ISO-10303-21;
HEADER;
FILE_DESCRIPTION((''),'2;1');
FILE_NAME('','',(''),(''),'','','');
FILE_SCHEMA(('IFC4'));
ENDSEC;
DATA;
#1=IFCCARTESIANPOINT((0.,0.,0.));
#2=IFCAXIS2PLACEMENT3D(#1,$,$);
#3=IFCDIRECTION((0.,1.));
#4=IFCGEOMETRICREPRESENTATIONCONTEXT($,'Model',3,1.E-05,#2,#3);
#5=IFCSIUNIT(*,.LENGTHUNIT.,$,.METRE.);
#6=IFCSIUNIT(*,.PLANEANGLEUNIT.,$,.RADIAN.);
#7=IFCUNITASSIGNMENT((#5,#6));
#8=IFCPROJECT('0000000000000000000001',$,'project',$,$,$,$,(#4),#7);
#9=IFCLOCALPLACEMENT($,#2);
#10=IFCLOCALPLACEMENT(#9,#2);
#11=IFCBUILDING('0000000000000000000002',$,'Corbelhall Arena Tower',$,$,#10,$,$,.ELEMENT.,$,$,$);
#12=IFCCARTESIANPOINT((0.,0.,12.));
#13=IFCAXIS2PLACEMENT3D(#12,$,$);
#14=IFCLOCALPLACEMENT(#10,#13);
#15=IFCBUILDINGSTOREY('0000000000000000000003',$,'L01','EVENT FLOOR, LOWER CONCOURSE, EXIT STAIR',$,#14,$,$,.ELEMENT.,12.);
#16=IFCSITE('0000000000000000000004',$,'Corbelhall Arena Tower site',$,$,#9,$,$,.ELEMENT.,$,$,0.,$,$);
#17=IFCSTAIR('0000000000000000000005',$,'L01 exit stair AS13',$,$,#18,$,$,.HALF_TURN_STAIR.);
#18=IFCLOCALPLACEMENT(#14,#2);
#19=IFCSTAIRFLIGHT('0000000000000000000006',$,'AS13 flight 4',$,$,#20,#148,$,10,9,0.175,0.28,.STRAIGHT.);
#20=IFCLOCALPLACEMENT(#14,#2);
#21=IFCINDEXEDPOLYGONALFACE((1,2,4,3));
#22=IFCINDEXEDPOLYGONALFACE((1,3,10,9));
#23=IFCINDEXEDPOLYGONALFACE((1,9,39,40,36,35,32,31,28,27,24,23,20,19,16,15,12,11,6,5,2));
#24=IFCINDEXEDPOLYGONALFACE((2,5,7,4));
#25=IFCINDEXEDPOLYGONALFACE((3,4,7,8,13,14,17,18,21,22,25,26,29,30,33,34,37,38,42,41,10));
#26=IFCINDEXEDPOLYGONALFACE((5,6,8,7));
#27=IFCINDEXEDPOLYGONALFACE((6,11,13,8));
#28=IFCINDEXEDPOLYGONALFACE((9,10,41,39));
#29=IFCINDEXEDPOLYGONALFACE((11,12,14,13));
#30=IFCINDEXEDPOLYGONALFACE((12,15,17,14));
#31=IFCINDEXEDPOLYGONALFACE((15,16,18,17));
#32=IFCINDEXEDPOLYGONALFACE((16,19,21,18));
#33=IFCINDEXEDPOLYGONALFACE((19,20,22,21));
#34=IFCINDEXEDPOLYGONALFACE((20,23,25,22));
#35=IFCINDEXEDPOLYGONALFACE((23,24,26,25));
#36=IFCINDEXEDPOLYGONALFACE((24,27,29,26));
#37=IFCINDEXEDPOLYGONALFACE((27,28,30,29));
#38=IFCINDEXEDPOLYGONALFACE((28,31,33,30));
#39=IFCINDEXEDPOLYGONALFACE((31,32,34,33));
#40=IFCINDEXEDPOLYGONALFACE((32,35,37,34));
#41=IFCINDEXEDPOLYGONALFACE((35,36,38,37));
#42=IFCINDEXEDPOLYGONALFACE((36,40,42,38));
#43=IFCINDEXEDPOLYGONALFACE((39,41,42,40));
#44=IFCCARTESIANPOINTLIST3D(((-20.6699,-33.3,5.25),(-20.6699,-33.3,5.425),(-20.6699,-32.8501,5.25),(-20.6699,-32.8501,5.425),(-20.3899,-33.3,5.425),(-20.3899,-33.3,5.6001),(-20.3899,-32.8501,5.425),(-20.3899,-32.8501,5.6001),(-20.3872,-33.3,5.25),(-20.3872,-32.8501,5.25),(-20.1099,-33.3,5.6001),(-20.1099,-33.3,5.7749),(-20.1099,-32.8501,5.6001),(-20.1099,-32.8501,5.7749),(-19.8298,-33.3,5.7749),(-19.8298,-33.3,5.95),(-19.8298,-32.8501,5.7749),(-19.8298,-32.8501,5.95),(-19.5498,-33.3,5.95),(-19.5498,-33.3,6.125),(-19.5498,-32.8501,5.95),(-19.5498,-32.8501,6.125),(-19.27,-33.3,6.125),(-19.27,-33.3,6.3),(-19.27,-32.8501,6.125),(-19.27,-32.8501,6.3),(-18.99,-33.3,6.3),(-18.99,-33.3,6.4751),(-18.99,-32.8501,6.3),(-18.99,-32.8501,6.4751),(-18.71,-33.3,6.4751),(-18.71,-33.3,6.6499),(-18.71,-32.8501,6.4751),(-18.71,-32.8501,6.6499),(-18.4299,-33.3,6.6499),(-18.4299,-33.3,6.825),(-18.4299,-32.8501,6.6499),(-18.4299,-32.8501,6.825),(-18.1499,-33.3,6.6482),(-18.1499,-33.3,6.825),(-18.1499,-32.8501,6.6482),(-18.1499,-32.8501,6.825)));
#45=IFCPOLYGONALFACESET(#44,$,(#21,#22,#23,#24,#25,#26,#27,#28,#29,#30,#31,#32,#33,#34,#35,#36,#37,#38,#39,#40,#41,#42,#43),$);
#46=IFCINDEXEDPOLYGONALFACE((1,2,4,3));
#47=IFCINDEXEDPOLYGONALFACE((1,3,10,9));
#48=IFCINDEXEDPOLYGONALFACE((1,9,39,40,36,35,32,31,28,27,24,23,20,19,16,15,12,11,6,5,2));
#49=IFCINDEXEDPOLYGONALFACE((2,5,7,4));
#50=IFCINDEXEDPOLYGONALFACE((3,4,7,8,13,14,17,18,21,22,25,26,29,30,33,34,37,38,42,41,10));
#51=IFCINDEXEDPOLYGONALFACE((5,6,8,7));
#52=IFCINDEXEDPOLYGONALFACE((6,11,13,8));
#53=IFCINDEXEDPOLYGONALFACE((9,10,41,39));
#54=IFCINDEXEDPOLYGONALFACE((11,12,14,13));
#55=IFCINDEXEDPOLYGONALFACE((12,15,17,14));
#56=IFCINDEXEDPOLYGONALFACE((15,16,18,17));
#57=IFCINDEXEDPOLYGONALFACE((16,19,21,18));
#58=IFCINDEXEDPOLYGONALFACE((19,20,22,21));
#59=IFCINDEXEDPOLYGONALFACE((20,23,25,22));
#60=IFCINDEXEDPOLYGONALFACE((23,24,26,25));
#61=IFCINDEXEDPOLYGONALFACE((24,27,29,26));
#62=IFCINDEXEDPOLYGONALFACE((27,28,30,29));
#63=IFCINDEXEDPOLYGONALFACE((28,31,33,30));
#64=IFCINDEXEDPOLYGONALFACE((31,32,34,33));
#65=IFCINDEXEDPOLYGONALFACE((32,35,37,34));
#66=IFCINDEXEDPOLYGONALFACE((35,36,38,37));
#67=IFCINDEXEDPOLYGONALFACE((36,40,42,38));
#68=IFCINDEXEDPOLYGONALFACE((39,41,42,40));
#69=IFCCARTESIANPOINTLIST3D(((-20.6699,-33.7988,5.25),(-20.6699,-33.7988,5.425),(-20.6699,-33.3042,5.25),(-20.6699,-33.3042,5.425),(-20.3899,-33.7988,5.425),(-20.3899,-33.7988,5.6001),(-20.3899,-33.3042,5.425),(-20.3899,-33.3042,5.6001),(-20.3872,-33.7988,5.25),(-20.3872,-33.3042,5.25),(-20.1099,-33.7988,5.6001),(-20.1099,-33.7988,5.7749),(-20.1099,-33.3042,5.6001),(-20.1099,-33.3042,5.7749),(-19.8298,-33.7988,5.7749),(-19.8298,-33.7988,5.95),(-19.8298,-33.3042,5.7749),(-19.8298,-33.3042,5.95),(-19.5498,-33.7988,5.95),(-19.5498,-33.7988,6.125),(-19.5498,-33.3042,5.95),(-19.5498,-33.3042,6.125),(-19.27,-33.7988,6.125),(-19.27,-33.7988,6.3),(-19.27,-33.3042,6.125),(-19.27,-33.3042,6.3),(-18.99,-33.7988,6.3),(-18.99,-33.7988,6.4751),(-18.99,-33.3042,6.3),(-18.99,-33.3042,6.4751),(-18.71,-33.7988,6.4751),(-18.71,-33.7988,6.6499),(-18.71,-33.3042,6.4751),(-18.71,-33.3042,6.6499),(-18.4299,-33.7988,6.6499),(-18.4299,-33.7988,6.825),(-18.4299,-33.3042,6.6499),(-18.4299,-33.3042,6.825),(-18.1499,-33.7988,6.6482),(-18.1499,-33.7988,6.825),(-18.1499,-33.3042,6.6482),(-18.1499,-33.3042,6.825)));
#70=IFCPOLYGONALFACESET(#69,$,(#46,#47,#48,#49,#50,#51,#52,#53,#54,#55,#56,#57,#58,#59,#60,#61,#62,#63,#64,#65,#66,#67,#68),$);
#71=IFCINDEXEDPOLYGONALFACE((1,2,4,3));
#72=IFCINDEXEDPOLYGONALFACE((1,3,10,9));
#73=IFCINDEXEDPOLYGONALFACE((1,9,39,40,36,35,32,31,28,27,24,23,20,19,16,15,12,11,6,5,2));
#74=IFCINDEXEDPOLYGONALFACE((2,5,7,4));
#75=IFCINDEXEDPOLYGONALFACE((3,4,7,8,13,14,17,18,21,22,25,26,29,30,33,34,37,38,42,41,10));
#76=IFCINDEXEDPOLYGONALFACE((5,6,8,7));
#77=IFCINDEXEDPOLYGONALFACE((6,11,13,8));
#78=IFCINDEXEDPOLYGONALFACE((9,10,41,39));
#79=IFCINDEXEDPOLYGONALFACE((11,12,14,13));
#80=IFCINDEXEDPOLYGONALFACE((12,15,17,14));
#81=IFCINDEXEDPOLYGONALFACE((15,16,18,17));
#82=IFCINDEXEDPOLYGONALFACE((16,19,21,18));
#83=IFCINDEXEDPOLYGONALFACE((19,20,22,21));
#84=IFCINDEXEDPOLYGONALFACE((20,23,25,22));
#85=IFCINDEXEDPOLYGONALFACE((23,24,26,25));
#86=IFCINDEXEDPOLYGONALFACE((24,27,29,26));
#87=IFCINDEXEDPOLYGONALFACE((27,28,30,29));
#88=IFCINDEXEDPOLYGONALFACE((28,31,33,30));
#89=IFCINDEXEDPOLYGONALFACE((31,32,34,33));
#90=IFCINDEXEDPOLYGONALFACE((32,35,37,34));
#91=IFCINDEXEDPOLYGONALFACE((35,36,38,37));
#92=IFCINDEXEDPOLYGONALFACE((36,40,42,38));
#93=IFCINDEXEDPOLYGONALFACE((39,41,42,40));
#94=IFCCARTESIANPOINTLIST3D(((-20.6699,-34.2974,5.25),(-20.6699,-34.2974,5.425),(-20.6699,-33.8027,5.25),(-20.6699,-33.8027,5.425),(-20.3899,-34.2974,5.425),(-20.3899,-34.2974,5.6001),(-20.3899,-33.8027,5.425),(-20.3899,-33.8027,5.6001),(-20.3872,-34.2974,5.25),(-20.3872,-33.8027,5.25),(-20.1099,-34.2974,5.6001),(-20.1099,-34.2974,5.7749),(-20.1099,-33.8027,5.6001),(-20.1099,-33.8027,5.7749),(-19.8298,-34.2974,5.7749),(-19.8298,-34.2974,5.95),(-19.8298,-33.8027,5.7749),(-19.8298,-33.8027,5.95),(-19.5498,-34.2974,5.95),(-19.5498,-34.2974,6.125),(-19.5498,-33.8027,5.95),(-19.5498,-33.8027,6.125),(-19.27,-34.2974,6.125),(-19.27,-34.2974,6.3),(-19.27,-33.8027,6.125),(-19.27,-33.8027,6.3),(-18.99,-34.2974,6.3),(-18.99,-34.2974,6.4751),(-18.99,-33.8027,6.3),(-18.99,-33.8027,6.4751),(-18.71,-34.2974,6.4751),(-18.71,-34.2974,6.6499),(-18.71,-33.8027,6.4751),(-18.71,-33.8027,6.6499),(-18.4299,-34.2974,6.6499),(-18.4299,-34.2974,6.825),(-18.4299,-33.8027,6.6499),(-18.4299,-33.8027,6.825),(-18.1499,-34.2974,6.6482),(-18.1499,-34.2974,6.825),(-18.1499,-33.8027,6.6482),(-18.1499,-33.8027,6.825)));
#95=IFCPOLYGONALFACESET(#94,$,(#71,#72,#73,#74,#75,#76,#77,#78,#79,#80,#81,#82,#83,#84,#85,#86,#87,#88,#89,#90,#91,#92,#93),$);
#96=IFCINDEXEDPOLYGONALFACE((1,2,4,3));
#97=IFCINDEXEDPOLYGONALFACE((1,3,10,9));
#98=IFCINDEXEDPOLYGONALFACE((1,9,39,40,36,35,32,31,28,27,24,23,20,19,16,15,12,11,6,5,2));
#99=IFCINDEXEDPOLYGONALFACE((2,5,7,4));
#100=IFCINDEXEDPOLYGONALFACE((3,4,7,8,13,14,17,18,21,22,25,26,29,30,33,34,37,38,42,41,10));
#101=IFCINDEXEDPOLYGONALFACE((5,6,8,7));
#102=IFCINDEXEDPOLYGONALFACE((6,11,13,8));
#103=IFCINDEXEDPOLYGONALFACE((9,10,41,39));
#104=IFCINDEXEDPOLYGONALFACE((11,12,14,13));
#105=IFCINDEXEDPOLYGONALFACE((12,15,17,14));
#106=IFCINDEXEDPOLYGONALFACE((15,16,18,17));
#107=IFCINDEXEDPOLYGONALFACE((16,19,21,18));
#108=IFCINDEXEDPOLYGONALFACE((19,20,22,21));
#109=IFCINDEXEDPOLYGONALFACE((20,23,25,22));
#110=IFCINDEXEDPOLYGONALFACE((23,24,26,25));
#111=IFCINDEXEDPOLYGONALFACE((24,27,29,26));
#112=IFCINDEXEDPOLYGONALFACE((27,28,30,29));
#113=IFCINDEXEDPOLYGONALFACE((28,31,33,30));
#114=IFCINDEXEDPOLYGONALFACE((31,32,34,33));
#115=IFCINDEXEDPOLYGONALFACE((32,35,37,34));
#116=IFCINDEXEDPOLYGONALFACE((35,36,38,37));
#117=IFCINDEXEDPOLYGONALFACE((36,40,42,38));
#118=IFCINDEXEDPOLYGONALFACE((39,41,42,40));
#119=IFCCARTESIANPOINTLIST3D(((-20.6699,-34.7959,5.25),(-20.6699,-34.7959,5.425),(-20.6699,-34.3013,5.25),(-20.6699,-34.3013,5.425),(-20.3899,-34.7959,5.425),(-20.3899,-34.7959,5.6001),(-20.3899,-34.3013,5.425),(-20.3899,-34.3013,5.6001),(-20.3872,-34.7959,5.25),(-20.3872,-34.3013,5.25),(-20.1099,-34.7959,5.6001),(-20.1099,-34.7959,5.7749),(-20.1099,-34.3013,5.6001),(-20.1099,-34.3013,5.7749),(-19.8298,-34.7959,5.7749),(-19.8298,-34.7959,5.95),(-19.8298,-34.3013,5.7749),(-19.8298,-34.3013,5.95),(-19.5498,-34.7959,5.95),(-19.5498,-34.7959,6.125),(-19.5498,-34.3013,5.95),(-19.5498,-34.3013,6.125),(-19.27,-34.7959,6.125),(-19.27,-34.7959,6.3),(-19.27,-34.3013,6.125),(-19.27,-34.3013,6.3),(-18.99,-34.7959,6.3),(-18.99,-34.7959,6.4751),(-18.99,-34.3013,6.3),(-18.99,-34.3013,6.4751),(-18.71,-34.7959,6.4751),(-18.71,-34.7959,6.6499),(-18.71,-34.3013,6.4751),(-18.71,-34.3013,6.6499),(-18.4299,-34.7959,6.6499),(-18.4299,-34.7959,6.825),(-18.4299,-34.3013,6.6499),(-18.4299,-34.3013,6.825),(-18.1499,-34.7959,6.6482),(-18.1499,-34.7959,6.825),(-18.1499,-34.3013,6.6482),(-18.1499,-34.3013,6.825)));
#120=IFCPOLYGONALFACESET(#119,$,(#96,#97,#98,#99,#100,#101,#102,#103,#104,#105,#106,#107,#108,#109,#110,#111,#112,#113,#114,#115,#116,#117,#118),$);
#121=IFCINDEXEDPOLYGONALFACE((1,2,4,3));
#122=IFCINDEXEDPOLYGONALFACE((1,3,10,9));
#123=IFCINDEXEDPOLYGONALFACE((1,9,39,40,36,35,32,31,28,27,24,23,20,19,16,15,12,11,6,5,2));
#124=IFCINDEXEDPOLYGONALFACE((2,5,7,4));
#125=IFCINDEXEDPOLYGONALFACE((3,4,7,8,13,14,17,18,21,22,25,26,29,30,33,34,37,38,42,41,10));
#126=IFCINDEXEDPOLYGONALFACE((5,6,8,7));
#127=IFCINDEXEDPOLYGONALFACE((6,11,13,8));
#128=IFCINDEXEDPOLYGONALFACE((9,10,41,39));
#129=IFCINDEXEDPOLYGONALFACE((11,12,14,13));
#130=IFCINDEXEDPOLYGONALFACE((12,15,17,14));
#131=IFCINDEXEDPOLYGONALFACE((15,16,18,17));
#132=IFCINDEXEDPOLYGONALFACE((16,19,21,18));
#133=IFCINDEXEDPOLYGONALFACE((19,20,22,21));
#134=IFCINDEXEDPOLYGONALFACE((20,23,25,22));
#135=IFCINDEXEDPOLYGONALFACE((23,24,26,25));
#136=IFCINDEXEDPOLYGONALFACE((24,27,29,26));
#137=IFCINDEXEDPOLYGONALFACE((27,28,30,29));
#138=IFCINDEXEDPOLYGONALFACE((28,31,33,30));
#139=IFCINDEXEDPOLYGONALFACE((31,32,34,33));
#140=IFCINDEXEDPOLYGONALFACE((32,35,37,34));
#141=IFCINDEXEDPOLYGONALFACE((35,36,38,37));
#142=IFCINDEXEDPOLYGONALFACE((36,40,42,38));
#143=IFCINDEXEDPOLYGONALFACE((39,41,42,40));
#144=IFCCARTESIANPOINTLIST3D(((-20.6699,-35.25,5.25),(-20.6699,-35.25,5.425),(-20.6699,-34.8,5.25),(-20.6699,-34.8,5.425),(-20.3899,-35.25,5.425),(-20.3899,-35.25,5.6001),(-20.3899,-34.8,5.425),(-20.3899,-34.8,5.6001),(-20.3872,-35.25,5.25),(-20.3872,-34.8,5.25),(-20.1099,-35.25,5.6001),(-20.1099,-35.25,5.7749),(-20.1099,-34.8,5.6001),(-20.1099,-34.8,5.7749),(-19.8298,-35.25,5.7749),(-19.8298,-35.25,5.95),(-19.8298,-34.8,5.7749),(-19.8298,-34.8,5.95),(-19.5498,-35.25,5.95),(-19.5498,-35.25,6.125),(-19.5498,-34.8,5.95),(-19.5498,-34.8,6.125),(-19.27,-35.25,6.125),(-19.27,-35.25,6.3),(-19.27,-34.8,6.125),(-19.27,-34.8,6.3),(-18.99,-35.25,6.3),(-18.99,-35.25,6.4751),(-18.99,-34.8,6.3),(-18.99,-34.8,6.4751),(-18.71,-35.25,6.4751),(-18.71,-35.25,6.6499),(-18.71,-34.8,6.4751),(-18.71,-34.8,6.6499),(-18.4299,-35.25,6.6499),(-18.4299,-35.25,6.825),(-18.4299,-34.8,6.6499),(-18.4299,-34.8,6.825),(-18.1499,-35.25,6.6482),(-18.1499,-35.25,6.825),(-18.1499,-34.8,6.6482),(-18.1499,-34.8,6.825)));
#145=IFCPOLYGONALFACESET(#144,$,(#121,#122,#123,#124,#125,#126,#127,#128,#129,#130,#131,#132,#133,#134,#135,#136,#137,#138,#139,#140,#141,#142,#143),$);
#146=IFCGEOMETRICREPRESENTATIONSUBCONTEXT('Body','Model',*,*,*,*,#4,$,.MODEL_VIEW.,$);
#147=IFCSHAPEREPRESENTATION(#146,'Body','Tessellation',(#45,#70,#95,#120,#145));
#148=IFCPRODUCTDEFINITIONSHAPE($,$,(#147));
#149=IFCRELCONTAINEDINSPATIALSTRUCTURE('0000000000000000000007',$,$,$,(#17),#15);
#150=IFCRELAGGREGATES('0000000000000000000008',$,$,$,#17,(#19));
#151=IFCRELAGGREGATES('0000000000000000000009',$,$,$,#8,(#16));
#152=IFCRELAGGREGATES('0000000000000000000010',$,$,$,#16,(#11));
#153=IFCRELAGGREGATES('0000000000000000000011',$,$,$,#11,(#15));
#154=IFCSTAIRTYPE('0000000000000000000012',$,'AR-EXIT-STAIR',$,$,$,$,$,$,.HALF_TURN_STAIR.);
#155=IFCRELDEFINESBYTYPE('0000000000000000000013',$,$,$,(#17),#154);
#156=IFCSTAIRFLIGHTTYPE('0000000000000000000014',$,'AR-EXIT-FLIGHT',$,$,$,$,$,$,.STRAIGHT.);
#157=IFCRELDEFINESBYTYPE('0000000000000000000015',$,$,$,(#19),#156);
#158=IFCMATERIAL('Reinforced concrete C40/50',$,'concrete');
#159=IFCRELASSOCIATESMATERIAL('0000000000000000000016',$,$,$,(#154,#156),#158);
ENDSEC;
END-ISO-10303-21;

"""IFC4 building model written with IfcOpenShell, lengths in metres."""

from ifc_helpers import new_model, si_unit, direction, frame, origin, place, context, subcontext, project, spatial, polyline, outline, extrude, material, type_object, element, aggregate, save


model = new_model("IFC4")

# Units and contexts
model_context = context("Model", 3, precision=1e-05, world=origin(), true_north=direction((0.0, 1.0)))
body_context = subcontext(model_context, "Body", "Model", "MODEL_VIEW")
ifc_project = project(units=[si_unit("LENGTHUNIT", "METRE"), si_unit("PLANEANGLEUNIT", "RADIAN")], contexts=[model_context])

# Site, building, storey
site_placement = place(None, origin())
site = spatial("IfcSite", under=ifc_project, at=site_placement, Name="Corbelhall Arena Tower site", CompositionType="ELEMENT", RefElevation=0.0)
building_placement = place(site_placement, origin())
building = spatial("IfcBuilding", under=site, at=building_placement, Name="Corbelhall Arena Tower", CompositionType="ELEMENT")
storey_placement = place(building_placement, frame((0.0, 0.0, 12.0)))
storey = spatial("IfcBuildingStorey", under=building, at=storey_placement, Name="L01", Description="EVENT FLOOR, LOWER CONCOURSE, EXIT STAIR", CompositionType="ELEMENT", Elevation=12.0)

# Shared definitions
ifc_material_1 = material(Name="Reinforced concrete C40/50", Category="concrete")

# Stair, stair flight
stair_type = type_object("IfcStairType", Name="AR-EXIT-STAIR", PredefinedType="HALF_TURN_STAIR", material=ifc_material_1)
stair_placement = place(storey_placement, origin())
stair = element("IfcStair", 1, at=stair_placement, inside=storey, type_object=stair_type, Name="L01 exit stair AS13", PredefinedType="HALF_TURN_STAIR")
stair_flight_type = type_object("IfcStairFlightType", Name="AR-EXIT-FLIGHT", PredefinedType="STRAIGHT", material=ifc_material_1)
stair_flight_1_placement = place(storey_placement, frame((-20.6699, -34.05, 5.25), z_axis=(0.0, 0.0, 1.0), x_axis=(1.0, 0.0, 0.0)))
stair_flight_1 = element("IfcStairFlight", 2, at=stair_flight_1_placement, type_object=stair_flight_type, Name="AS13 flight 4", NumberOfRisers=10, NumberOfTreads=9, PredefinedType="STRAIGHT", RiserHeight=0.175, TreadLength=0.28, context=body_context, shape_type="SweptSolid", body=[
    extrude(outline(polyline([(0.0, 0.0), (0.0, 0.175), (0.28, 0.175), (0.28, 0.3501), (0.5601, 0.3501), (0.5601, 0.5249), (0.8401, 0.5249), (0.8401, 0.7), (1.1201, 0.7), (1.1201, 0.875), (1.3999, 0.875), (1.3999, 1.05), (1.6799, 1.05), (1.6799, 1.2251), (1.96, 1.2251), (1.96, 1.3999), (2.24, 1.3999), (2.24, 1.575), (2.52, 1.575), (2.52, 1.75), (2.52, 1.3982), (0.2827, 0.0), (0.0, 0.0)])), frame((0.0, 1.2, 0.0), z_axis=(0.0, -1.0, 0.0), x_axis=(1.0, 0.0, 0.0)), (0.0, 0.0, 1.0), 0.45),
    extrude(outline(polyline([(0.0, 0.0), (0.0, 0.175), (0.28, 0.175), (0.28, 0.3501), (0.5601, 0.3501), (0.5601, 0.5249), (0.8401, 0.5249), (0.8401, 0.7), (1.1201, 0.7), (1.1201, 0.875), (1.3999, 0.875), (1.3999, 1.05), (1.6799, 1.05), (1.6799, 1.2251), (1.96, 1.2251), (1.96, 1.3999), (2.24, 1.3999), (2.24, 1.575), (2.52, 1.575), (2.52, 1.75), (2.52, 1.3982), (0.2827, 0.0), (0.0, 0.0)])), frame((0.0, 0.7458, 0.0), z_axis=(0.0, -1.0, 0.0), x_axis=(1.0, 0.0, 0.0)), (0.0, 0.0, 1.0), 0.4946),
    extrude(outline(polyline([(0.0, 0.0), (0.0, 0.175), (0.28, 0.175), (0.28, 0.3501), (0.5601, 0.3501), (0.5601, 0.5249), (0.8401, 0.5249), (0.8401, 0.7), (1.1201, 0.7), (1.1201, 0.875), (1.3999, 0.875), (1.3999, 1.05), (1.6799, 1.05), (1.6799, 1.2251), (1.96, 1.2251), (1.96, 1.3999), (2.24, 1.3999), (2.24, 1.575), (2.52, 1.575), (2.52, 1.75), (2.52, 1.3982), (0.2827, 0.0), (0.0, 0.0)])), frame((0.0, 0.2473, 0.0), z_axis=(0.0, -1.0, 0.0), x_axis=(1.0, 0.0, 0.0)), (0.0, 0.0, 1.0), 0.4946),
    extrude(outline(polyline([(0.0, 0.0), (0.0, 0.175), (0.28, 0.175), (0.28, 0.3501), (0.5601, 0.3501), (0.5601, 0.5249), (0.8401, 0.5249), (0.8401, 0.7), (1.1201, 0.7), (1.1201, 0.875), (1.3999, 0.875), (1.3999, 1.05), (1.6799, 1.05), (1.6799, 1.2251), (1.96, 1.2251), (1.96, 1.3999), (2.24, 1.3999), (2.24, 1.575), (2.52, 1.575), (2.52, 1.75), (2.52, 1.3982), (0.2827, 0.0), (0.0, 0.0)])), frame((0.0, -0.2512, 0.0), z_axis=(0.0, -1.0, 0.0), x_axis=(1.0, 0.0, 0.0)), (0.0, 0.0, 1.0), 0.4946),
    extrude(outline(polyline([(0.0, 0.0), (0.0, 0.175), (0.28, 0.175), (0.28, 0.3501), (0.5601, 0.3501), (0.5601, 0.5249), (0.8401, 0.5249), (0.8401, 0.7), (1.1201, 0.7), (1.1201, 0.875), (1.3999, 0.875), (1.3999, 1.05), (1.6799, 1.05), (1.6799, 1.2251), (1.96, 1.2251), (1.96, 1.3999), (2.24, 1.3999), (2.24, 1.575), (2.52, 1.575), (2.52, 1.75), (2.52, 1.3982), (0.2827, 0.0), (0.0, 0.0)])), frame((0.0, -0.75, 0.0), z_axis=(0.0, -1.0, 0.0), x_axis=(1.0, 0.0, 0.0)), (0.0, 0.0, 1.0), 0.45),
])
aggregate(stair, [stair_flight_1])

save(model, "model.ifc")
